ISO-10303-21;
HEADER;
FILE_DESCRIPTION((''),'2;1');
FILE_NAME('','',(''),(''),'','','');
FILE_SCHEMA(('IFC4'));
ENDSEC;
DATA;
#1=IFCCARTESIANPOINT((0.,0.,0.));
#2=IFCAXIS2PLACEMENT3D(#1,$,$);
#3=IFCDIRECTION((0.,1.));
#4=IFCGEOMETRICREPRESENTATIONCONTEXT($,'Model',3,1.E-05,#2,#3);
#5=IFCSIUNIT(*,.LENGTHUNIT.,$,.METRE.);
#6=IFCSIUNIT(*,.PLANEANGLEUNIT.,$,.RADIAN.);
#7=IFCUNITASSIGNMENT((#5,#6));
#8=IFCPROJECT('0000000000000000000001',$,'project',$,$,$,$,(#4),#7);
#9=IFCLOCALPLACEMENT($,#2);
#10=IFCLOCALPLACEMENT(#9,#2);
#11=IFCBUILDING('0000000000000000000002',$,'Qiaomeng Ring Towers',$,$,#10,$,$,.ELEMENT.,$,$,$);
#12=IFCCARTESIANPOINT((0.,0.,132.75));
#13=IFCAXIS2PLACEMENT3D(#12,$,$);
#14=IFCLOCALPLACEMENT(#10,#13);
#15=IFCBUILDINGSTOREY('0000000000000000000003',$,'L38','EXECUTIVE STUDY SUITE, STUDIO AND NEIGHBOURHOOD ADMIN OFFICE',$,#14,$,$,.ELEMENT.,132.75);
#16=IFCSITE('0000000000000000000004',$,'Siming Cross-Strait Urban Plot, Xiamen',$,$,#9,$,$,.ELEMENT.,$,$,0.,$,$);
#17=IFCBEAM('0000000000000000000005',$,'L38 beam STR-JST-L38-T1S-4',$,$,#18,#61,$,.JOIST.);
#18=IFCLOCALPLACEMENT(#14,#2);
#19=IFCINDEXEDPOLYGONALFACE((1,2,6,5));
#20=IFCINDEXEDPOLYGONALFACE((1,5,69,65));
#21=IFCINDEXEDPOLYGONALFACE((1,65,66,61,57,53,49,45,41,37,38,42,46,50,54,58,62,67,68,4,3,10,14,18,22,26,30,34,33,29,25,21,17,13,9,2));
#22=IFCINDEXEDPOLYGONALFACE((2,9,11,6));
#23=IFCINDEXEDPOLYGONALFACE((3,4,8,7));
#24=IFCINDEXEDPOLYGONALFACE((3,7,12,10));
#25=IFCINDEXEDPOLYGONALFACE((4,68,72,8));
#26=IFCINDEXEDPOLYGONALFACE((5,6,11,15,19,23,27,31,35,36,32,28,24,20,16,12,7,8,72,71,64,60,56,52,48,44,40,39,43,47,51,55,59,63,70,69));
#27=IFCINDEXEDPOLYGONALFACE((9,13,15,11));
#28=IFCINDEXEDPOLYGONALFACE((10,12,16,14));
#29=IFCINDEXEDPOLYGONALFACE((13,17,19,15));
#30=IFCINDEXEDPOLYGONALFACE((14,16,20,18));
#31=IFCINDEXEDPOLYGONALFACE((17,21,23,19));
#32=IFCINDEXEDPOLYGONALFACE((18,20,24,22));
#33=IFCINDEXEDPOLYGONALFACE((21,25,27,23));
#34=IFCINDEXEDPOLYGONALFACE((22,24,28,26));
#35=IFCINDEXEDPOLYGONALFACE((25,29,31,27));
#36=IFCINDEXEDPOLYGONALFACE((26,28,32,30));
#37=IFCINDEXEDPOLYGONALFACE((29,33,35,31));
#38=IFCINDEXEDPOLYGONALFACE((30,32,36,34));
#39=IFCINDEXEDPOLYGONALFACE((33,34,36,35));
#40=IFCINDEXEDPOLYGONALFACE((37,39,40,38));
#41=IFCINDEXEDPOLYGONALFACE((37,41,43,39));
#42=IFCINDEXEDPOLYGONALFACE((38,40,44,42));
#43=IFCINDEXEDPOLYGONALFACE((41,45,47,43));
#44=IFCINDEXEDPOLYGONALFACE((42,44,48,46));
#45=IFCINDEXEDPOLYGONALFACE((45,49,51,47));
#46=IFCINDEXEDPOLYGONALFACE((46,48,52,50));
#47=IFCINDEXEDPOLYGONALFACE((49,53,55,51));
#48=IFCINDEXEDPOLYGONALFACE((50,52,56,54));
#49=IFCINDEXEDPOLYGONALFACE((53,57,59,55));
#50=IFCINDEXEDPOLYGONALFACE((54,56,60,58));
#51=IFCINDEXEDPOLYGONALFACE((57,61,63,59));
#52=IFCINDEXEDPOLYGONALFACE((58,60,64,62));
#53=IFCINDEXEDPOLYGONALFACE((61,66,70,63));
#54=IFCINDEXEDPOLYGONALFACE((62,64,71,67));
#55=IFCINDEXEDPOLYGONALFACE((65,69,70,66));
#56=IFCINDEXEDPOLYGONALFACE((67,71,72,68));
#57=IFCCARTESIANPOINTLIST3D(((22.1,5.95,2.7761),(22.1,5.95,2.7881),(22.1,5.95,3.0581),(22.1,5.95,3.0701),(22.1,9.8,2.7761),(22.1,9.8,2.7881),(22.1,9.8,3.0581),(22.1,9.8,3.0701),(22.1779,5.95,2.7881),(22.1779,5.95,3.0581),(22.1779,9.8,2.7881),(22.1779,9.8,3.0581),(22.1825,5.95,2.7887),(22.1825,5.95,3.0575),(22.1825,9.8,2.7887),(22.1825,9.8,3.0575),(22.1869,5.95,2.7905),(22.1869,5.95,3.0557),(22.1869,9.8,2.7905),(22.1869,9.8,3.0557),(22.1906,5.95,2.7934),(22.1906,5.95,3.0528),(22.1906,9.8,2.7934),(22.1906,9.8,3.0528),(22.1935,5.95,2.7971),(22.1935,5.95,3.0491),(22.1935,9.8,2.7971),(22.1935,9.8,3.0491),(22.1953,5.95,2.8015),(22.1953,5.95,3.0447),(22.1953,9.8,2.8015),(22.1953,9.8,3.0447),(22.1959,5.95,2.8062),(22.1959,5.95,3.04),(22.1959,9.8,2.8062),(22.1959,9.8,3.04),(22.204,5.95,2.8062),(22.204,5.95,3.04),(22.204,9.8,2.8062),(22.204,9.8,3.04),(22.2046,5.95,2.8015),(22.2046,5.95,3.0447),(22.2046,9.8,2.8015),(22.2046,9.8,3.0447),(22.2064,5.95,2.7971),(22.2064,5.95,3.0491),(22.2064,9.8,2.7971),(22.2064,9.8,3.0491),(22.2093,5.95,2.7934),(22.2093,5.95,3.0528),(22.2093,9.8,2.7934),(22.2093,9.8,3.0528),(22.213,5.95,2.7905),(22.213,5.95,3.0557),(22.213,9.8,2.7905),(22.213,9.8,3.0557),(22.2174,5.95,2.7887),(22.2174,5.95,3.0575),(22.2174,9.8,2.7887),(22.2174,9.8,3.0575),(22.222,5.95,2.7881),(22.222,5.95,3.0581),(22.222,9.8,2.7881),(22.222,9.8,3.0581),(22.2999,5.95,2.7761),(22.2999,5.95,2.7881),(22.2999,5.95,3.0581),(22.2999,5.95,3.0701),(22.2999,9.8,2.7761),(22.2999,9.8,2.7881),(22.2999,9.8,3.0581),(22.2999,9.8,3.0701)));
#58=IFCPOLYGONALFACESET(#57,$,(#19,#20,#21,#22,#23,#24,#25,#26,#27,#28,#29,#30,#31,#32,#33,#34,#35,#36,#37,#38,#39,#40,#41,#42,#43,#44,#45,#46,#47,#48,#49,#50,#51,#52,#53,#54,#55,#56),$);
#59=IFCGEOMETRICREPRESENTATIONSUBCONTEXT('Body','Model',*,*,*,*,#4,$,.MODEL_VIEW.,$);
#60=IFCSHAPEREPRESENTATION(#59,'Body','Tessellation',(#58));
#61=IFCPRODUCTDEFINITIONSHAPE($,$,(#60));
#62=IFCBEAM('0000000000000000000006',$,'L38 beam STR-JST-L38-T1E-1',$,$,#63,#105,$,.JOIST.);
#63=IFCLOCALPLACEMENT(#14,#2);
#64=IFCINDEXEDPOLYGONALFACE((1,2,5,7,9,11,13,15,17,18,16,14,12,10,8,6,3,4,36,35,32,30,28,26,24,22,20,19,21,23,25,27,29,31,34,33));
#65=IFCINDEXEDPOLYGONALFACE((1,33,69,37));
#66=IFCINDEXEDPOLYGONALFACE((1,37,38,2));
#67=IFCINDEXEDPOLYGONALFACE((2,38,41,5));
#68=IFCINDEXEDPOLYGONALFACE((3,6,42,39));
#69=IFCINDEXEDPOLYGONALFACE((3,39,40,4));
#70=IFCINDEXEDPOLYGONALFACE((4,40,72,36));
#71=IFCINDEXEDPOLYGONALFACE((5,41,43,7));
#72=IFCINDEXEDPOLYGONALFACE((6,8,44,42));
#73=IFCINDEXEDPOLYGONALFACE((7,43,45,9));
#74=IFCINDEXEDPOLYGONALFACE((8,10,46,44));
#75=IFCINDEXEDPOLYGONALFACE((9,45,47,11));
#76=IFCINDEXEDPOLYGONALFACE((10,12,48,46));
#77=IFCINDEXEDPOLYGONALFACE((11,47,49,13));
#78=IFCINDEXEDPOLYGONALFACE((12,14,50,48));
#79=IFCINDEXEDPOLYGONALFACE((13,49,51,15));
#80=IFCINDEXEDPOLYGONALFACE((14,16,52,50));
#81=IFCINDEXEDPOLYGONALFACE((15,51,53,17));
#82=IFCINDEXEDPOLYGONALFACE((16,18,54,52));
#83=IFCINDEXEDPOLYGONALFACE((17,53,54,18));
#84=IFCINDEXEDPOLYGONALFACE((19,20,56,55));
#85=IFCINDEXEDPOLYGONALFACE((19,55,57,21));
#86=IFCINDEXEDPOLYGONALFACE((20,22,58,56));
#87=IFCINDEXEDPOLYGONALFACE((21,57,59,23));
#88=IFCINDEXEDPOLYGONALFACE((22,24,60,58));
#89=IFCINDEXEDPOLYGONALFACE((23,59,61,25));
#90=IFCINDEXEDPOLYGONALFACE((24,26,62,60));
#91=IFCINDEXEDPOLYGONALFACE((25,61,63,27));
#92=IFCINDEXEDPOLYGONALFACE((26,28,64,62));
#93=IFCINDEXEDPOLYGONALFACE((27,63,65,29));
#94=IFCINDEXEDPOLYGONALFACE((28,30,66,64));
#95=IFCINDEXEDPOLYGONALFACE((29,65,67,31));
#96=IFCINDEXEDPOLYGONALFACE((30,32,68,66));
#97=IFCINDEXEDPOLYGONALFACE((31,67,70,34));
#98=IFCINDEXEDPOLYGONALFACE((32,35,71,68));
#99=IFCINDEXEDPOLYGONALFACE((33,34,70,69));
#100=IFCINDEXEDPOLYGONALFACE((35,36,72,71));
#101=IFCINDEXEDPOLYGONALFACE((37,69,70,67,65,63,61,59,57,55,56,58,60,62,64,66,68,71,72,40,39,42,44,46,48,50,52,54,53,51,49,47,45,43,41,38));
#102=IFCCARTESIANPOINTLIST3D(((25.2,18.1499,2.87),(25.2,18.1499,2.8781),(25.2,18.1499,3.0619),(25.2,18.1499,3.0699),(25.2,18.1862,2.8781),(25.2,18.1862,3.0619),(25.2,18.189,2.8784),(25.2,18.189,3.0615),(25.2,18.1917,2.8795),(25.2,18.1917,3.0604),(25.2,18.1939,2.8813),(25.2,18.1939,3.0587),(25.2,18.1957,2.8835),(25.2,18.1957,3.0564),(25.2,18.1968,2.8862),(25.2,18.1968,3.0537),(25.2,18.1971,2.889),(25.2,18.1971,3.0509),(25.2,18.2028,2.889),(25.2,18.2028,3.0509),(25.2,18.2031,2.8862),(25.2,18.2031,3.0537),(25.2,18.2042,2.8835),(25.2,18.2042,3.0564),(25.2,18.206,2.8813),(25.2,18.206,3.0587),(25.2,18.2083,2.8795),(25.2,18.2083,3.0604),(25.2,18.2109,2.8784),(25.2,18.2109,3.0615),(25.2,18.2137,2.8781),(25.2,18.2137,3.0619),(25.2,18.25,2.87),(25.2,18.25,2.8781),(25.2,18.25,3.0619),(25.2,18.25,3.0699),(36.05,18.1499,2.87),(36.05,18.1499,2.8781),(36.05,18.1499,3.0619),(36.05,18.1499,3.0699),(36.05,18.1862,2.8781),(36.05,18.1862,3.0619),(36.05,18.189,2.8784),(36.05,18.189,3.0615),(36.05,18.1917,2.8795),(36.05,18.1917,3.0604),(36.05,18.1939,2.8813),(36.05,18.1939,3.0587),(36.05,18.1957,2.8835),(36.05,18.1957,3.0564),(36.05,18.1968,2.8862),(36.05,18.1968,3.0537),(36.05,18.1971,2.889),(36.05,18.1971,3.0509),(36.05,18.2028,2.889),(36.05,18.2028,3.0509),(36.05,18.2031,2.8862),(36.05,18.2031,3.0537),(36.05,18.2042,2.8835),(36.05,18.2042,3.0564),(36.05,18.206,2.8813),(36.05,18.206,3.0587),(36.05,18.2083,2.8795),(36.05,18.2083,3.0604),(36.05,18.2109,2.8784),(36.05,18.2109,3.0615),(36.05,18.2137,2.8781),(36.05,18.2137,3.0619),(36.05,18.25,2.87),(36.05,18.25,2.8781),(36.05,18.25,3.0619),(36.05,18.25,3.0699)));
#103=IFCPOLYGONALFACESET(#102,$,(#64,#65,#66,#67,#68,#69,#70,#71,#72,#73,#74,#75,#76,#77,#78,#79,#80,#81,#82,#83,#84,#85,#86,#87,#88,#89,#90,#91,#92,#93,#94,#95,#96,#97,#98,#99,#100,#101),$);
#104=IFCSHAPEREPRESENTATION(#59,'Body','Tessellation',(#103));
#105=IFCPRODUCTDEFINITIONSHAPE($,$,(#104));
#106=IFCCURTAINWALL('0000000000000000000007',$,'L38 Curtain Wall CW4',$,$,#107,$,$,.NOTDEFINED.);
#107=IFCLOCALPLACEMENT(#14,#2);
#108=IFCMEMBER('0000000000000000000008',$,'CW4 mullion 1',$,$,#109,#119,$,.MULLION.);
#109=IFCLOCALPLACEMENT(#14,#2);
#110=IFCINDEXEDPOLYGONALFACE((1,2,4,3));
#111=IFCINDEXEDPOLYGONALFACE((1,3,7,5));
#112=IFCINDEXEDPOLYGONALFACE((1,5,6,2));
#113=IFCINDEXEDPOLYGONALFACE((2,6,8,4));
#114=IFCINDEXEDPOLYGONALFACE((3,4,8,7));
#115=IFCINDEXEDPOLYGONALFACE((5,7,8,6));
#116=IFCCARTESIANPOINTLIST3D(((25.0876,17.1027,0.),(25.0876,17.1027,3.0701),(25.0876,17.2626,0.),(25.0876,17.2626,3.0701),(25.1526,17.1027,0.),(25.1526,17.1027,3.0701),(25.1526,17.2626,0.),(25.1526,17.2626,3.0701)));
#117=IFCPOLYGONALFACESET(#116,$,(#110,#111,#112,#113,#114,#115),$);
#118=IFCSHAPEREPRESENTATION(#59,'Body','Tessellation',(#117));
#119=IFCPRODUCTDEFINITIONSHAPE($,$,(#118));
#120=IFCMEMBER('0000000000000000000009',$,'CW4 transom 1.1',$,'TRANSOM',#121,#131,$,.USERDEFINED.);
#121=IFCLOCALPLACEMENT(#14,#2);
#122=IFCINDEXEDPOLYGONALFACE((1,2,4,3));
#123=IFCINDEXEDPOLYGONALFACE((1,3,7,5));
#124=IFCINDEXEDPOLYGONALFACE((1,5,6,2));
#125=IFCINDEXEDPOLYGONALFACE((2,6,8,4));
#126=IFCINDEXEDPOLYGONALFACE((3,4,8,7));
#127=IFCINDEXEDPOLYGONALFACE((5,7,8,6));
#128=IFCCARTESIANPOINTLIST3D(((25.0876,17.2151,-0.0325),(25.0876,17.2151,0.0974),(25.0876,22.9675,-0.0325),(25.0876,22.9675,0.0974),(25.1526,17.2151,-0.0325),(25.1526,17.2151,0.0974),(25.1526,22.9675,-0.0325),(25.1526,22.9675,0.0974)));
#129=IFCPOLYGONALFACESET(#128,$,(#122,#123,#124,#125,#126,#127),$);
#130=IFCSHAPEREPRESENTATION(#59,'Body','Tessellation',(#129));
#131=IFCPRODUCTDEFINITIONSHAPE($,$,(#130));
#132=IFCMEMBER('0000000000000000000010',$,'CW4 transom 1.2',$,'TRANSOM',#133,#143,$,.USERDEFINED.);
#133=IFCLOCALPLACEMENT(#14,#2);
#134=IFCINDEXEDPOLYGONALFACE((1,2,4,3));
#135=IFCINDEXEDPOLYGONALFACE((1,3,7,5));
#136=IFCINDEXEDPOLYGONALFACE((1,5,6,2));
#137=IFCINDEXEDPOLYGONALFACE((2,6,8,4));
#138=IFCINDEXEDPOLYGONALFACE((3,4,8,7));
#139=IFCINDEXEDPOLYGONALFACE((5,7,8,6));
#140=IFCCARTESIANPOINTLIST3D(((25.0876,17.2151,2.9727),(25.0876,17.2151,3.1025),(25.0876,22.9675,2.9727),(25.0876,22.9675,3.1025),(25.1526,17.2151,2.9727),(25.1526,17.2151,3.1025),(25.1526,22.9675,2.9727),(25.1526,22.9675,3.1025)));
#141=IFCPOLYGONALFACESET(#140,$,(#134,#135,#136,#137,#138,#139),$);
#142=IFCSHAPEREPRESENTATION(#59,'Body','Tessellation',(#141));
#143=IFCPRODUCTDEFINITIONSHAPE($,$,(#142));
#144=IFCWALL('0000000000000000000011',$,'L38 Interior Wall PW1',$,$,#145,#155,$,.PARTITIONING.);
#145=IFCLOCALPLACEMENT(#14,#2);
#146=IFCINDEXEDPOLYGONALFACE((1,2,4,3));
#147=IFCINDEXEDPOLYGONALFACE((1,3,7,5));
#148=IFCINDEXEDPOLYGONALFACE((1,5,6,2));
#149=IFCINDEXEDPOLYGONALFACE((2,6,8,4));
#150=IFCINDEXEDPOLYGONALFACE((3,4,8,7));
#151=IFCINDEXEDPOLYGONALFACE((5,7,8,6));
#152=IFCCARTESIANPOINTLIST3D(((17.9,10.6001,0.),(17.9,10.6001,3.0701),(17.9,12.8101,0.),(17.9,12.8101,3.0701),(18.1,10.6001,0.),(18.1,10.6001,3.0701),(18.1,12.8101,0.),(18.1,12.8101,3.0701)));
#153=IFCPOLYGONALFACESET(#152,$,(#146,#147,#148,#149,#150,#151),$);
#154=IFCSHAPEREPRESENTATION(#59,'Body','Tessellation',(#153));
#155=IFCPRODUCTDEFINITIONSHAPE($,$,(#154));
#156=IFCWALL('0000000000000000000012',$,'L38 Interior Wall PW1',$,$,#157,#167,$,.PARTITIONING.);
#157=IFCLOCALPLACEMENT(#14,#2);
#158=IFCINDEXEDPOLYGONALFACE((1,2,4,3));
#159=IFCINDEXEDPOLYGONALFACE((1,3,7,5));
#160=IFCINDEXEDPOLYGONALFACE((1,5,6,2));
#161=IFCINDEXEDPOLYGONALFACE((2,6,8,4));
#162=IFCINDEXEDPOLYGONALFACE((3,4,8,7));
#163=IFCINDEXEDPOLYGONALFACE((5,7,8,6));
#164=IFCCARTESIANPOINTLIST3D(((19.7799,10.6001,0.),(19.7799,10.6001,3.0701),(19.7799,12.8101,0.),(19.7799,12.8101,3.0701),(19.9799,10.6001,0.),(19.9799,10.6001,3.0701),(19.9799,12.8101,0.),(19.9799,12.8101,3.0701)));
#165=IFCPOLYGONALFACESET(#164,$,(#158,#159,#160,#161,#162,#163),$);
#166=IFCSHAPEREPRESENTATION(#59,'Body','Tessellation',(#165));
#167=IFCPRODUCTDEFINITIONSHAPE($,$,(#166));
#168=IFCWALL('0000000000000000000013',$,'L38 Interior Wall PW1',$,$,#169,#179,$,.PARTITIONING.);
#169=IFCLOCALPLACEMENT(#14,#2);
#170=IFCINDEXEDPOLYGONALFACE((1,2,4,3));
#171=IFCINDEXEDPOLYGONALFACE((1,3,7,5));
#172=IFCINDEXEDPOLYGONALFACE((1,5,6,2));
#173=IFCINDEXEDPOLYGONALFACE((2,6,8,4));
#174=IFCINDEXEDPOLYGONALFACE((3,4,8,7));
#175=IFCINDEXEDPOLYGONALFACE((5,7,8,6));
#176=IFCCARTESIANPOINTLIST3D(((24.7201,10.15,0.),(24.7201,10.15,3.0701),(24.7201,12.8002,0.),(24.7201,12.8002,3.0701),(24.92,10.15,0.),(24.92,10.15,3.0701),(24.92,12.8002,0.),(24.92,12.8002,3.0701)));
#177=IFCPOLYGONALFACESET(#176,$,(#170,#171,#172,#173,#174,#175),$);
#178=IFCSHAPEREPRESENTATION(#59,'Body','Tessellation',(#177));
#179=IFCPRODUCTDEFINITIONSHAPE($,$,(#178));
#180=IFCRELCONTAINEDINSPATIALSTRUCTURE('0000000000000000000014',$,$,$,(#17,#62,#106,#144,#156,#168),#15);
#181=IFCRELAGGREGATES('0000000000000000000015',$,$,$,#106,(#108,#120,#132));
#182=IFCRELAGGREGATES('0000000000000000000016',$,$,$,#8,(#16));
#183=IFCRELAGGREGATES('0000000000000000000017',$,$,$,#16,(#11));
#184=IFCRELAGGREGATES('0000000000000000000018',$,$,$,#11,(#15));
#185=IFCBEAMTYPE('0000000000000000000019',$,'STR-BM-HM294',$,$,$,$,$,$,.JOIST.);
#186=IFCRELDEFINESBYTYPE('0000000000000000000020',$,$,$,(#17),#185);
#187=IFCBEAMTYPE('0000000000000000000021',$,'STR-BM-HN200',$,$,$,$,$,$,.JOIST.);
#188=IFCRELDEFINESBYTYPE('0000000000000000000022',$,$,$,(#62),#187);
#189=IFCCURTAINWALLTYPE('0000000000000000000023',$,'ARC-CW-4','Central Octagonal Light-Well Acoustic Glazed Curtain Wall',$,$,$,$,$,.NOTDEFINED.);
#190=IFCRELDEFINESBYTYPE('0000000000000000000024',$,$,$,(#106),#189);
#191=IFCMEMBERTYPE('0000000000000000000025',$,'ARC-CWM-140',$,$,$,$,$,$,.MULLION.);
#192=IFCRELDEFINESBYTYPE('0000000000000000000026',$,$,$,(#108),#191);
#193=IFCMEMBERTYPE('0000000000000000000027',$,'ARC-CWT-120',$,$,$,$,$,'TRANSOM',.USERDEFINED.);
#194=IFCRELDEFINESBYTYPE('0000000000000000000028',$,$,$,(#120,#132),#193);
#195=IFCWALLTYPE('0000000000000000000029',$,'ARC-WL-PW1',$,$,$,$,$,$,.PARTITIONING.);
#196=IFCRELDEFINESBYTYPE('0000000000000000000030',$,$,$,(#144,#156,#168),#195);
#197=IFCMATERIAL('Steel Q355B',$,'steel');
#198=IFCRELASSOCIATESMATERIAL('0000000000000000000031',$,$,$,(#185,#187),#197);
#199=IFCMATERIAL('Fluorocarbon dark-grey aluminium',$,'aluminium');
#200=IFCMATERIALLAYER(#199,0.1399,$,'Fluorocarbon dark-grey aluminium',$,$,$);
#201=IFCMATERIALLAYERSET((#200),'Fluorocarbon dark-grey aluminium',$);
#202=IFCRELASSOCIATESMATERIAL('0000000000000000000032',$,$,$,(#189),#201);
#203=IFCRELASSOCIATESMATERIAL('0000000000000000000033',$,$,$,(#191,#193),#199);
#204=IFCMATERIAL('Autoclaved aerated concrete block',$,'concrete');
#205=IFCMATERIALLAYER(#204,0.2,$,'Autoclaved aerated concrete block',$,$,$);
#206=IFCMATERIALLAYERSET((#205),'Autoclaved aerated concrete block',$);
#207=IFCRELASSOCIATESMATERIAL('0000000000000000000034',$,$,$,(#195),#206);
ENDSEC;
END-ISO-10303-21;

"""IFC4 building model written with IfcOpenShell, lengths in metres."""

from ifc_helpers import new_model, si_unit, direction, frame, frame_2d, origin, origin_2d, place, context, subcontext, project, spatial, rectangle, i_section, extrude, source, transform, mapped, material, layer, layer_set, material_profile, profile_set, type_object, element, aggregate, save


model = new_model("IFC4")

# Units and contexts
model_context = context("Model", 3, precision=1e-05, world=origin(), true_north=direction((0.0, 1.0)))
body_context = subcontext(model_context, "Body", "Model", "MODEL_VIEW")
ifc_project = project(units=[si_unit("LENGTHUNIT", "METRE"), si_unit("PLANEANGLEUNIT", "RADIAN")], contexts=[model_context])

# Site, building, storey
site_placement = place(None, origin())
site = spatial("IfcSite", under=ifc_project, at=site_placement, Name="Siming Cross-Strait Urban Plot, Xiamen", CompositionType="ELEMENT", RefElevation=0.0)
building_placement = place(site_placement, origin())
building = spatial("IfcBuilding", under=site, at=building_placement, Name="Qiaomeng Ring Towers", CompositionType="ELEMENT")
storey_placement = place(building_placement, frame((0.0, 0.0, 132.75)))
storey = spatial("IfcBuildingStorey", under=building, at=storey_placement, Name="L38", Description="EXECUTIVE STUDY SUITE, STUDIO AND NEIGHBOURHOOD ADMIN OFFICE", CompositionType="ELEMENT", Elevation=132.75)

# Beams
ifc_material_1 = material(Name="Steel Q355B", Category="steel")
ifc_material_profile_1 = material_profile(ifc_material_1, i_section(OverallWidth=0.2, OverallDepth=0.2939, WebThickness=0.0081, FlangeThickness=0.012, FilletRadius=0.0181, at=origin_2d()), Name="HM 294x200x8x12")
ifc_profile_set_1 = profile_set([ifc_material_profile_1], Name="Steel Q355B")
beam_type_1 = type_object("IfcBeamType", Name="STR-BM-HM294", PredefinedType="JOIST", material=ifc_profile_set_1)
shared_shape_1 = source(origin(), body_context, "Body", "SweptSolid", [
    extrude(i_section(OverallWidth=0.2, OverallDepth=0.2939, WebThickness=0.0081, FlangeThickness=0.012, FilletRadius=0.0181, at=origin_2d()), origin(), (0.0, 0.0, 1.0), 3.8501),
])
for number, where, z_axis, x_axis, name in (
    (1, (22.2, 5.95, 2.9231), (0.0, 1.0, 0.0), (-1.0, 0.0, 0.0), "L38 beam STR-JST-L38-T1S-4"),
):
    element("IfcBeam", number, at=place(storey_placement, frame(where, z_axis=z_axis, x_axis=x_axis)), inside=storey, type_object=beam_type_1, Name=name, PredefinedType="JOIST", context=body_context, shape_type="MappedRepresentation", body=[
        mapped(shared_shape_1, transform((0.0, 0.0, 0.0), x_axis=(1.0, 0.0, 0.0), y_axis=(0.0, 1.0, 0.0), z_axis=(0.0, 0.0, 1.0), scale=1.0)),
    ])
ifc_material_profile_2 = material_profile(ifc_material_1, i_section(OverallWidth=0.1001, OverallDepth=0.2, WebThickness=0.0056, FlangeThickness=0.0081, FilletRadius=0.011, at=origin_2d()), Name="HN 200x100x5.5x8")
ifc_profile_set_2 = profile_set([ifc_material_profile_2], Name="Steel Q355B")
beam_type_2 = type_object("IfcBeamType", Name="STR-BM-HN200", PredefinedType="JOIST", material=ifc_profile_set_2)
shared_shape_2 = source(origin(), body_context, "Body", "SweptSolid", [
    extrude(i_section(OverallWidth=0.1001, OverallDepth=0.2, WebThickness=0.0056, FlangeThickness=0.0081, FilletRadius=0.011, at=origin_2d()), origin(), (0.0, 0.0, 1.0), 10.8501),
])
beam_1_placement = place(storey_placement, frame((25.2, 18.2, 2.97), z_axis=(1.0, 0.0, 0.0), x_axis=(0.0, 1.0, 0.0)))
element("IfcBeam", 2, at=beam_1_placement, inside=storey, type_object=beam_type_2, Name="L38 beam STR-JST-L38-T1E-1", PredefinedType="JOIST", context=body_context, shape_type="MappedRepresentation", body=[
    mapped(shared_shape_2, transform((0.0, 0.0, 0.0), x_axis=(1.0, 0.0, 0.0), y_axis=(0.0, 1.0, 0.0), z_axis=(0.0, 0.0, 1.0), scale=1.0)),
])

# Curtain wall, members
ifc_material_2 = material(Name="Fluorocarbon dark-grey aluminium", Category="aluminium")
ifc_layer_1 = layer(ifc_material_2, 0.1399, Name="Fluorocarbon dark-grey aluminium")
ifc_layer_set_1 = layer_set([ifc_layer_1], Name="Fluorocarbon dark-grey aluminium")
curtain_wall_type = type_object("IfcCurtainWallType", Name="ARC-CW-4", Description="Central Octagonal Light-Well Acoustic Glazed Curtain Wall", PredefinedType="NOTDEFINED", material=ifc_layer_set_1)
curtain_wall_placement = place(storey_placement, origin())
curtain_wall = element("IfcCurtainWall", 3, at=curtain_wall_placement, inside=storey, type_object=curtain_wall_type, Name="L38 Curtain Wall CW4", PredefinedType="NOTDEFINED")
ifc_material_profile_3 = material_profile(ifc_material_2, rectangle(XDim=0.0649, YDim=0.1599, at=origin_2d()), Name="ALU MULL 65x160")
ifc_profile_set_3 = profile_set([ifc_material_profile_3], Name="Fluorocarbon dark-grey aluminium")
member_type_1 = type_object("IfcMemberType", Name="ARC-CWM-140", PredefinedType="MULLION", material=ifc_profile_set_3)
shared_shape_3 = source(origin(), body_context, "Body", "SweptSolid", [
    extrude(rectangle(XDim=0.0649, YDim=0.1599, at=origin_2d()), origin(), (0.0, 0.0, 1.0), 3.0701),
])
member_1_placement = place(storey_placement, frame((25.1201, 17.1826, 0.0), z_axis=(0.0, 0.0, 1.0), x_axis=(-1.0, 0.0, 0.0)))
member_1 = element("IfcMember", 4, at=member_1_placement, type_object=member_type_1, Name="CW4 mullion 1", PredefinedType="MULLION", context=body_context, shape_type="MappedRepresentation", body=[
    mapped(shared_shape_3, transform((0.0, 0.0, 0.0), x_axis=(1.0, 0.0, 0.0), y_axis=(0.0, 1.0, 0.0), z_axis=(0.0, 0.0, 1.0), scale=1.0)),
])
ifc_material_profile_4 = material_profile(ifc_material_2, rectangle(XDim=0.0649, YDim=0.1299, at=origin_2d()), Name="ALU TRAN 65x130")
ifc_profile_set_4 = profile_set([ifc_material_profile_4], Name="Fluorocarbon dark-grey aluminium")
member_type_2 = type_object("IfcMemberType", Name="ARC-CWT-120", ElementType="TRANSOM", PredefinedType="USERDEFINED", material=ifc_profile_set_4)
shared_shape_4 = source(origin(), body_context, "Body", "SweptSolid", [
    extrude(rectangle(XDim=0.0649, YDim=0.1299, at=origin_2d()), origin(), (0.0, 0.0, 1.0), 5.7524),
])
member_2_placement = place(storey_placement, frame((25.1201, 17.2151, 0.0325), z_axis=(0.0, 1.0, 0.0), x_axis=(-1.0, 0.0, 0.0)))
member_2 = element("IfcMember", 5, at=member_2_placement, type_object=member_type_2, Name="CW4 transom 1.1", ObjectType="TRANSOM", PredefinedType="USERDEFINED", context=body_context, shape_type="MappedRepresentation", body=[
    mapped(shared_shape_4, transform((0.0, 0.0, 0.0), x_axis=(1.0, 0.0, 0.0), y_axis=(0.0, 1.0, 0.0), z_axis=(0.0, 0.0, 1.0), scale=1.0)),
])
member_3_placement = place(storey_placement, frame((25.1201, 17.2151, 3.0376), z_axis=(0.0, 1.0, 0.0), x_axis=(-1.0, 0.0, 0.0)))
member_3 = element("IfcMember", 6, at=member_3_placement, type_object=member_type_2, Name="CW4 transom 1.2", ObjectType="TRANSOM", PredefinedType="USERDEFINED", context=body_context, shape_type="MappedRepresentation", body=[
    mapped(shared_shape_4, transform((0.0, 0.0, 0.0), x_axis=(1.0, 0.0, 0.0), y_axis=(0.0, 1.0, 0.0), z_axis=(0.0, 0.0, 1.0), scale=1.0)),
])
aggregate(curtain_wall, [member_1, member_2, member_3])

# Walls
ifc_material_3 = material(Name="Autoclaved aerated concrete block", Category="concrete")
ifc_layer_2 = layer(ifc_material_3, 0.2, Name="Autoclaved aerated concrete block")
ifc_layer_set_2 = layer_set([ifc_layer_2], Name="Autoclaved aerated concrete block")
wall_type_1 = type_object("IfcWallType", Name="ARC-WL-PW1", PredefinedType="PARTITIONING", material=ifc_layer_set_2)
for number, where, z_axis, x_axis, name in (
    (7, (18.0, 10.6001, 0.0), (0.0, 0.0, 1.0), (0.0, 1.0, 0.0), "L38 Interior Wall PW1"),
    (8, (19.8799, 10.6001, 0.0), (0.0, 0.0, 1.0), (0.0, 1.0, 0.0), "L38 Interior Wall PW1"),
):
    element("IfcWall", number, at=place(storey_placement, frame(where, z_axis=z_axis, x_axis=x_axis)), inside=storey, type_object=wall_type_1, Name=name, PredefinedType="PARTITIONING", context=body_context, shape_type="SweptSolid", body=[
        extrude(rectangle(XDim=2.21, YDim=0.2, at=frame_2d((1.105, 0.0))), origin(), (0.0, 0.0, 1.0), 3.0701),
    ])
wall_1_placement = place(storey_placement, frame((24.8201, 10.1499, 0.0), z_axis=(0.0, 0.0, 1.0), x_axis=(0.0, 1.0, 0.0)))
element("IfcWall", 9, at=wall_1_placement, inside=storey, type_object=wall_type_1, Name="L38 Interior Wall PW1", PredefinedType="PARTITIONING", context=body_context, shape_type="SweptSolid", body=[
    extrude(rectangle(XDim=2.6501, YDim=0.2, at=frame_2d((1.3252, 0.0))), origin(), (0.0, 0.0, 1.0), 3.0701),
])

save(model, "model.ifc")
